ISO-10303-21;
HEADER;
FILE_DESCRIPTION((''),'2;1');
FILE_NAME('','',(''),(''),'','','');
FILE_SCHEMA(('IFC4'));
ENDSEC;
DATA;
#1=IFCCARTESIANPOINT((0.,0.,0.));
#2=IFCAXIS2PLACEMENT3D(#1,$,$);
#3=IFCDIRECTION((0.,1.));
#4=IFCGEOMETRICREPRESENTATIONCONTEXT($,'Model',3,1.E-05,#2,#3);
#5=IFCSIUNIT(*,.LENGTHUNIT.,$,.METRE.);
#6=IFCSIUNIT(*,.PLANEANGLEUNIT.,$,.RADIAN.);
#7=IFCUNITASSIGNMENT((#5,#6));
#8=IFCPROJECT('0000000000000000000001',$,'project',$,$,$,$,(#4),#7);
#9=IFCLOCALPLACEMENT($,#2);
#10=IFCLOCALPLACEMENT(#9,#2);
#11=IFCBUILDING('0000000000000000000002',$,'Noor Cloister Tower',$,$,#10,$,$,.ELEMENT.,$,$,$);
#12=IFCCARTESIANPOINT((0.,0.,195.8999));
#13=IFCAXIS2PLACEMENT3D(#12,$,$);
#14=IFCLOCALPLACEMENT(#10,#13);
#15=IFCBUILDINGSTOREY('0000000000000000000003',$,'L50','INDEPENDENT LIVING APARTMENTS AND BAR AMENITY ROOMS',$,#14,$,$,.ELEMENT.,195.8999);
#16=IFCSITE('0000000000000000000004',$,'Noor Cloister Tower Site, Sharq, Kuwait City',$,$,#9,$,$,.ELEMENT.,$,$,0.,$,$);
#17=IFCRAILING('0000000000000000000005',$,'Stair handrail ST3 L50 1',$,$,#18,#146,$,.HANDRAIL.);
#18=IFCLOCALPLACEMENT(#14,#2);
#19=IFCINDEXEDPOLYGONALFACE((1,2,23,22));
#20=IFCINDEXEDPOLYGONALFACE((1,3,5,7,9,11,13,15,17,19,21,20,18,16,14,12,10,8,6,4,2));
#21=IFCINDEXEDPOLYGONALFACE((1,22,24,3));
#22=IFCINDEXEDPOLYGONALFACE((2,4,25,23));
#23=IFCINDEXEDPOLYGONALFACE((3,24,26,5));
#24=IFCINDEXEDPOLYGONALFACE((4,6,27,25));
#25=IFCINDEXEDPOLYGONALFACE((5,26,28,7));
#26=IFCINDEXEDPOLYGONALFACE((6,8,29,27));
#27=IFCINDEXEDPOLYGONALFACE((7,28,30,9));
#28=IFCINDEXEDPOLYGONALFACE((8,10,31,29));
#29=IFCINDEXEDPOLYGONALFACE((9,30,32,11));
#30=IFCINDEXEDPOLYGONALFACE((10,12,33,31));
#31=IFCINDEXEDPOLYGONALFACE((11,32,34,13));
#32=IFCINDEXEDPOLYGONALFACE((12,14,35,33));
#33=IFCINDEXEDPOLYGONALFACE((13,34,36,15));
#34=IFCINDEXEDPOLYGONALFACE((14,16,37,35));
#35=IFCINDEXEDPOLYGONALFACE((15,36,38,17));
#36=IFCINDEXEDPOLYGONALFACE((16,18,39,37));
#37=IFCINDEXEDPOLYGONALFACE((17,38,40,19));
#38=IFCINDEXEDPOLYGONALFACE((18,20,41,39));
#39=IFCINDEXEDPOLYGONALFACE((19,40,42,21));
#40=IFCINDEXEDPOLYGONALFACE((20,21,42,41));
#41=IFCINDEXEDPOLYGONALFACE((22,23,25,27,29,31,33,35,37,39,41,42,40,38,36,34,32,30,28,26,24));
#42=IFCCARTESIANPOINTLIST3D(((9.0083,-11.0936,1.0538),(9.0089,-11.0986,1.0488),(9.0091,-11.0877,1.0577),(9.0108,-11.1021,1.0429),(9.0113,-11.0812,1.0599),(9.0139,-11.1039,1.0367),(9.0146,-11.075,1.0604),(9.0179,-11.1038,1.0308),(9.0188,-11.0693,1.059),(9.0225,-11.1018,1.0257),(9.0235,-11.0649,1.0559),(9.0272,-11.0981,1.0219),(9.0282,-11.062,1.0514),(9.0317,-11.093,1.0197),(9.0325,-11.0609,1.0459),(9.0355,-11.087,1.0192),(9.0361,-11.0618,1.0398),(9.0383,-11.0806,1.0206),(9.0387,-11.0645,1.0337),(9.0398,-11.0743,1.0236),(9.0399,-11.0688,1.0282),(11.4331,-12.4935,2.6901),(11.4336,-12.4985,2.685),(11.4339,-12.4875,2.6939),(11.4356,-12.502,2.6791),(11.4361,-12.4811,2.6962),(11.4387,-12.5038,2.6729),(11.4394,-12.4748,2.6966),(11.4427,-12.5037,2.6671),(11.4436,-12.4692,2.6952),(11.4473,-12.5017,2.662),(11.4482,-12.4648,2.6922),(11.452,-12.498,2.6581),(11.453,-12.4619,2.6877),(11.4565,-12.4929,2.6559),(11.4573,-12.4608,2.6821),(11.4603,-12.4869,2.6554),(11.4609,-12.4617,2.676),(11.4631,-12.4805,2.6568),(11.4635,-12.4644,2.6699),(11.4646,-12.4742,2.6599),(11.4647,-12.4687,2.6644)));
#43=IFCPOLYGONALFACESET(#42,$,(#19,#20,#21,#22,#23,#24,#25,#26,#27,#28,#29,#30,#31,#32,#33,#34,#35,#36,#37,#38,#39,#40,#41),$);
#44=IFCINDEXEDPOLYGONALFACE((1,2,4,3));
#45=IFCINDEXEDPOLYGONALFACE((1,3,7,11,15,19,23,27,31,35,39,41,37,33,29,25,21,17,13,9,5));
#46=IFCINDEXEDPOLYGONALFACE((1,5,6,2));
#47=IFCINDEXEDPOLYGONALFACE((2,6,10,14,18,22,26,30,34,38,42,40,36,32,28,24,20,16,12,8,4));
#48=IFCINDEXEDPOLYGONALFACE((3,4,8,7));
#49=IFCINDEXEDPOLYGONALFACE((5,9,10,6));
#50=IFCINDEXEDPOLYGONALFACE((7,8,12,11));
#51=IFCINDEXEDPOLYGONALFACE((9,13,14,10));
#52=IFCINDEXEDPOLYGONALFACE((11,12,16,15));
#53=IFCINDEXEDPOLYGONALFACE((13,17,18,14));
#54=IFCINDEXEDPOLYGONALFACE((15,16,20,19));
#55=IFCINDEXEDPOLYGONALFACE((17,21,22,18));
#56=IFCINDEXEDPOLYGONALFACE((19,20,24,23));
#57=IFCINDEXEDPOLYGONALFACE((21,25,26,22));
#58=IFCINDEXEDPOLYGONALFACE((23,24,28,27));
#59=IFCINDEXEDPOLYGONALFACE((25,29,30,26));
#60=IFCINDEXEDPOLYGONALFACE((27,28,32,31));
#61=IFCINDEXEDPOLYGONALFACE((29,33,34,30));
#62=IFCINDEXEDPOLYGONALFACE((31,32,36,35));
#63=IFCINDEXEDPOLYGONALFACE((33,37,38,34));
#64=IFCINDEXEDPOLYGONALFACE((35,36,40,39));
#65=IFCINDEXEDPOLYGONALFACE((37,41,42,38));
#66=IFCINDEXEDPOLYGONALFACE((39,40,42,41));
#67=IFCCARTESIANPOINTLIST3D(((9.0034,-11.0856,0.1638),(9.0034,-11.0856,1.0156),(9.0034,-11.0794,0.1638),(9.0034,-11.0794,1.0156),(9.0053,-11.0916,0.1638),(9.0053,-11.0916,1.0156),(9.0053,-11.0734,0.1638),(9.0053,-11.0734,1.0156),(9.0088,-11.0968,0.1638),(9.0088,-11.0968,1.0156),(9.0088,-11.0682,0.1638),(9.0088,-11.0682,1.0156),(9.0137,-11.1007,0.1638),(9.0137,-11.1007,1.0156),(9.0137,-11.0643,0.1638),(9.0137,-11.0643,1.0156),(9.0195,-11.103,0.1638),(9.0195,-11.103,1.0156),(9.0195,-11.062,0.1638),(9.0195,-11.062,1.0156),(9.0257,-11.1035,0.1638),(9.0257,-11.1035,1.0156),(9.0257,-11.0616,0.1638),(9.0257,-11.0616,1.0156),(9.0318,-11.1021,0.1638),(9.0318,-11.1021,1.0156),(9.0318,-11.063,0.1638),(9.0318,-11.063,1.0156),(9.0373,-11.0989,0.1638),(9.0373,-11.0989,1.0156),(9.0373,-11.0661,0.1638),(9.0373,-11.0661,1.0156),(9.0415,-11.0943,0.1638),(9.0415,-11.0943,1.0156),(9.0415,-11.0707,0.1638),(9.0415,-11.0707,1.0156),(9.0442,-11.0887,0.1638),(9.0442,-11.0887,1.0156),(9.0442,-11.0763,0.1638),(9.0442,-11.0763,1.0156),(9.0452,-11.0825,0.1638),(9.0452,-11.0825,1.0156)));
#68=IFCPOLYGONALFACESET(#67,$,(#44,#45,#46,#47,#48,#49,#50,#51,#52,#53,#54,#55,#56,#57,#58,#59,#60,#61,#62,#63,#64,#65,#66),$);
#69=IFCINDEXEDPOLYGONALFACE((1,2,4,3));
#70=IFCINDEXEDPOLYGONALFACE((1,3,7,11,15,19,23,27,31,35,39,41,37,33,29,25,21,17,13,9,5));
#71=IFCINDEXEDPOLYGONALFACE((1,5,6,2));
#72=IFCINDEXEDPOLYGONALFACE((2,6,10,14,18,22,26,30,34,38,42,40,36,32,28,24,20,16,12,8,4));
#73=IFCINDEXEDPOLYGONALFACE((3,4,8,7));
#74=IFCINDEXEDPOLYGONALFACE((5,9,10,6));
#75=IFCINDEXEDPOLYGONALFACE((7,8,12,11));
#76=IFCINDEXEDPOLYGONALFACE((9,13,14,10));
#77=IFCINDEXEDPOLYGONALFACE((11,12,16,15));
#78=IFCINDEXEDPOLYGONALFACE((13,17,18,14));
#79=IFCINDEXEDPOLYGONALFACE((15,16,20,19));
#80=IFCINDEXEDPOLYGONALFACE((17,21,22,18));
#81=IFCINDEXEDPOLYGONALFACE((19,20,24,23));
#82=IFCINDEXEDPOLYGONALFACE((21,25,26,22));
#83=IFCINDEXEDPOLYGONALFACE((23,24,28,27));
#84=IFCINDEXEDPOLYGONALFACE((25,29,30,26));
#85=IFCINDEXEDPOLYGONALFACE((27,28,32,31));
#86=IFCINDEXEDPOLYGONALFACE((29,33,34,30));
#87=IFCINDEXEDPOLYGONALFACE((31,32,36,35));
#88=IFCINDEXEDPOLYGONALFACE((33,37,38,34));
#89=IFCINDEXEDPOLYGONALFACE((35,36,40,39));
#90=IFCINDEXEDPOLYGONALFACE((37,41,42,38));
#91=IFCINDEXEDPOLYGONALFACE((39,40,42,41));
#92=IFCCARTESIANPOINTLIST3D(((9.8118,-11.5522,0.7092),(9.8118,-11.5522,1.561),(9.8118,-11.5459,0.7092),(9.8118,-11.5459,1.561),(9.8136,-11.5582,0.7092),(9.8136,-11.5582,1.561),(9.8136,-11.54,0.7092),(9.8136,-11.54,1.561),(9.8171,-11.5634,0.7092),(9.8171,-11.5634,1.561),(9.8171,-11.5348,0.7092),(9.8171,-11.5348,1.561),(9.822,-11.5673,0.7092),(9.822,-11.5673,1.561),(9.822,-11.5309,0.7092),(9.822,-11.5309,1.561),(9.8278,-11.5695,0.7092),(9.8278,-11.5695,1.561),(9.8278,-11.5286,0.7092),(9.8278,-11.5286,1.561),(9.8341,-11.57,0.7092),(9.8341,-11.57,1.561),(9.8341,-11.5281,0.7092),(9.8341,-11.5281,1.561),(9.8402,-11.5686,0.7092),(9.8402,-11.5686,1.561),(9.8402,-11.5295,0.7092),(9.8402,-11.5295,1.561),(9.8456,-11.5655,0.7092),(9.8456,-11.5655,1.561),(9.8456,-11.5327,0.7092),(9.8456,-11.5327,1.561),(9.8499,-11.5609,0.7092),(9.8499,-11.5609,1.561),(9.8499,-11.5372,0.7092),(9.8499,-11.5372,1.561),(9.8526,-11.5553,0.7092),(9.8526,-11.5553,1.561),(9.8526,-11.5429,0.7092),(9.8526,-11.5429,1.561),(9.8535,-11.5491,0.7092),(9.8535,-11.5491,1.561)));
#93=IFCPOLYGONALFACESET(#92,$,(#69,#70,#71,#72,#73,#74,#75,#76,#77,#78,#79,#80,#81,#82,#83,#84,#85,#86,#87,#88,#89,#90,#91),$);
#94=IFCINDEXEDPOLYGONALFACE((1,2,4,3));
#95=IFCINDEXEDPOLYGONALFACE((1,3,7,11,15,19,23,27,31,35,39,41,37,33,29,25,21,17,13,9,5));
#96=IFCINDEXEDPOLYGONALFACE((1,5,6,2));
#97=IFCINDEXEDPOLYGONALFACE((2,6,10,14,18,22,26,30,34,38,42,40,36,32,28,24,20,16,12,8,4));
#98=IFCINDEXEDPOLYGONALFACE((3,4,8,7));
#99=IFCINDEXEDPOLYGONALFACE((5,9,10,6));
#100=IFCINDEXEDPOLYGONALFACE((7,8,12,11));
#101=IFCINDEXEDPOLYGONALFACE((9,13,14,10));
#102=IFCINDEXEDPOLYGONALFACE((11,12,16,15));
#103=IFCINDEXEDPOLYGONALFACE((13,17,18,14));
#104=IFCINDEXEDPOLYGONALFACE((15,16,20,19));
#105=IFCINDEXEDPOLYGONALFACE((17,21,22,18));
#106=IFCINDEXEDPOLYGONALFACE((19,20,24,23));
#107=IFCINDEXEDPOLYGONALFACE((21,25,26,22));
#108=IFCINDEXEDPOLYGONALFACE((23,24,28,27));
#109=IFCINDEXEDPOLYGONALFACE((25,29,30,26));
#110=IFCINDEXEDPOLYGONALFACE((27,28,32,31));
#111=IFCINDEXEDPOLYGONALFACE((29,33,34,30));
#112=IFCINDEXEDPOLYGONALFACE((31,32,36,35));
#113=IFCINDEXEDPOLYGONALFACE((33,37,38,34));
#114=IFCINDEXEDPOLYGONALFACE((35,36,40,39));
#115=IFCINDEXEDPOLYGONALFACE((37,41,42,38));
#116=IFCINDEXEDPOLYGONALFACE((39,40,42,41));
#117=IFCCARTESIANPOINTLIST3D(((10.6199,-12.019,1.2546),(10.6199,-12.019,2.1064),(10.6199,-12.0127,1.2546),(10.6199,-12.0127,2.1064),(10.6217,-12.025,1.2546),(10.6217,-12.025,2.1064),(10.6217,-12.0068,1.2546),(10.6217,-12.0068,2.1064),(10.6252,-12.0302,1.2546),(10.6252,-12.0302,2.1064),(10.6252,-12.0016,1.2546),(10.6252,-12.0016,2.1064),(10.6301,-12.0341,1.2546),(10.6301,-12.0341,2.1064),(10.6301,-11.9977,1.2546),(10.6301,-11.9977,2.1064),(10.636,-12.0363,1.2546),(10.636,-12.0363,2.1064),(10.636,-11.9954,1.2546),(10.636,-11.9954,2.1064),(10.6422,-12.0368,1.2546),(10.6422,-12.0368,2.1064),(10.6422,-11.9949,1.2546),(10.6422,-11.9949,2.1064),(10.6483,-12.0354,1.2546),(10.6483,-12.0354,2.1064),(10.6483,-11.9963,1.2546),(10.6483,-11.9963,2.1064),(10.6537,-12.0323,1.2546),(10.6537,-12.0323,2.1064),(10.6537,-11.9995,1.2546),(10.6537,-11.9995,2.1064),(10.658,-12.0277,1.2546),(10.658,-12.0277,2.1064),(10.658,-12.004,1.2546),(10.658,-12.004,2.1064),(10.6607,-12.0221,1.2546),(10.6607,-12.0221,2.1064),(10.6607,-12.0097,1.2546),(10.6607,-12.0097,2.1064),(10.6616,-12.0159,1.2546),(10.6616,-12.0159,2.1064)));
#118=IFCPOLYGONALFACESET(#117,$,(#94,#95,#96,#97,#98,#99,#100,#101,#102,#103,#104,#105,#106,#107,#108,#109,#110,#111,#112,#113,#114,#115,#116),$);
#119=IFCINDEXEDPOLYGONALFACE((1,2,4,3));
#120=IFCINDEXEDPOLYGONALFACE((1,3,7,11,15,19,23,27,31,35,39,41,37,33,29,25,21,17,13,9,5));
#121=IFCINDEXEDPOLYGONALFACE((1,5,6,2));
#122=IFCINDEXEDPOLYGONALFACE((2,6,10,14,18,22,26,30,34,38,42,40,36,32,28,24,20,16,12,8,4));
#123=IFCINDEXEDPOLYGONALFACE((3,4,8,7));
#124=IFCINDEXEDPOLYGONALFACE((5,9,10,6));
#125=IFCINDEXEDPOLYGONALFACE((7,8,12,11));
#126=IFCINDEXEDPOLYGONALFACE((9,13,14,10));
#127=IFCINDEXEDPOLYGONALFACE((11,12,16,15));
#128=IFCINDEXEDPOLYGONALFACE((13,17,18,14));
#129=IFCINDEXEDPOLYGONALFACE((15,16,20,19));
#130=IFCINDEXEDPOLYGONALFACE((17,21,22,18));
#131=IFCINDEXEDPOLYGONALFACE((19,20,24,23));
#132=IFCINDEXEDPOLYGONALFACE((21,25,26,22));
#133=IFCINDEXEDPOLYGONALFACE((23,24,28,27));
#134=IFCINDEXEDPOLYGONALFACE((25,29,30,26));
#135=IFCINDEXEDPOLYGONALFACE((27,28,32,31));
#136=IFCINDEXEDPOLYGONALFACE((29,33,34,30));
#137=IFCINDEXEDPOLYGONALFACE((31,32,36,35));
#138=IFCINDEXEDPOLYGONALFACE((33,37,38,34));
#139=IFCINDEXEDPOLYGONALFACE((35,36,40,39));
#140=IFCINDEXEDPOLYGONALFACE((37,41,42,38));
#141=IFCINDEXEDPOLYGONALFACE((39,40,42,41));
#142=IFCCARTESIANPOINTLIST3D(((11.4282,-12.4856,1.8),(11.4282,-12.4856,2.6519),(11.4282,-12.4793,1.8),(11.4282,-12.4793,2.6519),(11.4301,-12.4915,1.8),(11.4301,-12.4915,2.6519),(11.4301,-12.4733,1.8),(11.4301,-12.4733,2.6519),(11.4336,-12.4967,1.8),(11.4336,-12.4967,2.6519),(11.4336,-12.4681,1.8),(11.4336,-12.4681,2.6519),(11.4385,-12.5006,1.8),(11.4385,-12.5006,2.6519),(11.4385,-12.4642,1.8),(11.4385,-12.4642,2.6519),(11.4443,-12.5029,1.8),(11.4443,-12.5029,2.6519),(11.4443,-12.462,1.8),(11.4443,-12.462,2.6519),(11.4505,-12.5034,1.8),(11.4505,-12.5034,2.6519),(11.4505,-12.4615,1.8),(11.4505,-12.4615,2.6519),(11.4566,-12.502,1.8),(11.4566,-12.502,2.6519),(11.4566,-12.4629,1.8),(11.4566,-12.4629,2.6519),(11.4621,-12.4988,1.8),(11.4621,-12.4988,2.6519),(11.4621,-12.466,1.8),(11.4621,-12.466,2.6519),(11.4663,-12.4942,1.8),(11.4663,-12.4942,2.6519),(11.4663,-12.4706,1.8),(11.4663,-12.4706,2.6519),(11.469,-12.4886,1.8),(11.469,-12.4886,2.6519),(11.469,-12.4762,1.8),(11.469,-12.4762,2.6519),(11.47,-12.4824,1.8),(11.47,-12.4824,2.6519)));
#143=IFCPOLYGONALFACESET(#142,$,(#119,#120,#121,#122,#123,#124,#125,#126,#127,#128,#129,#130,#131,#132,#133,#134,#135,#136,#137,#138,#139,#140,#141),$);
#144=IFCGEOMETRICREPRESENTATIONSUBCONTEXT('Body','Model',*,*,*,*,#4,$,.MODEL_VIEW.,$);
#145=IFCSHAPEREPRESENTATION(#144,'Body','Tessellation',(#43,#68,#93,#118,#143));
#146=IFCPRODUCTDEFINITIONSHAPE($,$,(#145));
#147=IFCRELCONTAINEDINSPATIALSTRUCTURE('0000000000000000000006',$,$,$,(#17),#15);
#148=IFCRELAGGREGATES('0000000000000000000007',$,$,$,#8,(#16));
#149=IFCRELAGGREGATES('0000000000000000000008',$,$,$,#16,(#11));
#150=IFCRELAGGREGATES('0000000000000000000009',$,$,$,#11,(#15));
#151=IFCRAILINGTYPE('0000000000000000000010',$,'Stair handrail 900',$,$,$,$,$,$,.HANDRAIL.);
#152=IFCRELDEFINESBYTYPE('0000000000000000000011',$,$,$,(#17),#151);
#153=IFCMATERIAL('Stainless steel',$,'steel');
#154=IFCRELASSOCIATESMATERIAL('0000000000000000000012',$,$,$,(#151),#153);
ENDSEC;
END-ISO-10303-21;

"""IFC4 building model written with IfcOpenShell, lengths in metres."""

from ifc_helpers import new_model, si_unit, direction, frame, origin, origin_2d, place, context, subcontext, project, spatial, circle, extrude, material, type_object, element, save


model = new_model("IFC4")

# Units and contexts
model_context = context("Model", 3, precision=1e-05, world=origin(), true_north=direction((0.0, 1.0)))
body_context = subcontext(model_context, "Body", "Model", "MODEL_VIEW")
ifc_project = project(units=[si_unit("LENGTHUNIT", "METRE"), si_unit("PLANEANGLEUNIT", "RADIAN")], contexts=[model_context])

# Site, building, storey
site_placement = place(None, origin())
site = spatial("IfcSite", under=ifc_project, at=site_placement, Name="Noor Cloister Tower Site, Sharq, Kuwait City", CompositionType="ELEMENT", RefElevation=0.0)
building_placement = place(site_placement, origin())
building = spatial("IfcBuilding", under=site, at=building_placement, Name="Noor Cloister Tower", CompositionType="ELEMENT")
storey_placement = place(building_placement, frame((0.0, 0.0, 195.8999)))
storey = spatial("IfcBuildingStorey", under=building, at=storey_placement, Name="L50", Description="INDEPENDENT LIVING APARTMENTS AND BAR AMENITY ROOMS", CompositionType="ELEMENT", Elevation=195.8999)

# Railing
ifc_material_1 = material(Name="Stainless steel", Category="steel")
railing_type = type_object("IfcRailingType", Name="Stair handrail 900", PredefinedType="HANDRAIL", material=ifc_material_1)
railing_placement = place(storey_placement, frame((9.0242, -11.0825, 0.1638)))
element("IfcRailing", 1, at=railing_placement, inside=storey, type_object=railing_type, Name="Stair handrail ST3 L50 1", PredefinedType="HANDRAIL", context=body_context, shape_type="SweptSolid", body=[
    extrude(circle(Radius=0.0239, at=origin_2d()), frame((0.0, 0.0, 0.876), z_axis=(0.747718, -0.431677, 0.504552), x_axis=(0.499984, 0.866035, 0.0)), (0.0, 0.0, 1.0), 3.2429),
    extrude(circle(Radius=0.021, at=origin_2d()), origin(), (0.0, 0.0, 1.0), 0.8518),
    extrude(circle(Radius=0.021, at=origin_2d()), frame((0.8083, -0.4666, 0.5454)), (0.0, 0.0, 1.0), 0.8518),
    extrude(circle(Radius=0.021, at=origin_2d()), frame((1.6165, -0.9333, 1.0908)), (0.0, 0.0, 1.0), 0.8518),
    extrude(circle(Radius=0.021, at=origin_2d()), frame((2.4248, -1.3999, 1.6362)), (0.0, 0.0, 1.0), 0.8518),
])

save(model, "model.ifc")
